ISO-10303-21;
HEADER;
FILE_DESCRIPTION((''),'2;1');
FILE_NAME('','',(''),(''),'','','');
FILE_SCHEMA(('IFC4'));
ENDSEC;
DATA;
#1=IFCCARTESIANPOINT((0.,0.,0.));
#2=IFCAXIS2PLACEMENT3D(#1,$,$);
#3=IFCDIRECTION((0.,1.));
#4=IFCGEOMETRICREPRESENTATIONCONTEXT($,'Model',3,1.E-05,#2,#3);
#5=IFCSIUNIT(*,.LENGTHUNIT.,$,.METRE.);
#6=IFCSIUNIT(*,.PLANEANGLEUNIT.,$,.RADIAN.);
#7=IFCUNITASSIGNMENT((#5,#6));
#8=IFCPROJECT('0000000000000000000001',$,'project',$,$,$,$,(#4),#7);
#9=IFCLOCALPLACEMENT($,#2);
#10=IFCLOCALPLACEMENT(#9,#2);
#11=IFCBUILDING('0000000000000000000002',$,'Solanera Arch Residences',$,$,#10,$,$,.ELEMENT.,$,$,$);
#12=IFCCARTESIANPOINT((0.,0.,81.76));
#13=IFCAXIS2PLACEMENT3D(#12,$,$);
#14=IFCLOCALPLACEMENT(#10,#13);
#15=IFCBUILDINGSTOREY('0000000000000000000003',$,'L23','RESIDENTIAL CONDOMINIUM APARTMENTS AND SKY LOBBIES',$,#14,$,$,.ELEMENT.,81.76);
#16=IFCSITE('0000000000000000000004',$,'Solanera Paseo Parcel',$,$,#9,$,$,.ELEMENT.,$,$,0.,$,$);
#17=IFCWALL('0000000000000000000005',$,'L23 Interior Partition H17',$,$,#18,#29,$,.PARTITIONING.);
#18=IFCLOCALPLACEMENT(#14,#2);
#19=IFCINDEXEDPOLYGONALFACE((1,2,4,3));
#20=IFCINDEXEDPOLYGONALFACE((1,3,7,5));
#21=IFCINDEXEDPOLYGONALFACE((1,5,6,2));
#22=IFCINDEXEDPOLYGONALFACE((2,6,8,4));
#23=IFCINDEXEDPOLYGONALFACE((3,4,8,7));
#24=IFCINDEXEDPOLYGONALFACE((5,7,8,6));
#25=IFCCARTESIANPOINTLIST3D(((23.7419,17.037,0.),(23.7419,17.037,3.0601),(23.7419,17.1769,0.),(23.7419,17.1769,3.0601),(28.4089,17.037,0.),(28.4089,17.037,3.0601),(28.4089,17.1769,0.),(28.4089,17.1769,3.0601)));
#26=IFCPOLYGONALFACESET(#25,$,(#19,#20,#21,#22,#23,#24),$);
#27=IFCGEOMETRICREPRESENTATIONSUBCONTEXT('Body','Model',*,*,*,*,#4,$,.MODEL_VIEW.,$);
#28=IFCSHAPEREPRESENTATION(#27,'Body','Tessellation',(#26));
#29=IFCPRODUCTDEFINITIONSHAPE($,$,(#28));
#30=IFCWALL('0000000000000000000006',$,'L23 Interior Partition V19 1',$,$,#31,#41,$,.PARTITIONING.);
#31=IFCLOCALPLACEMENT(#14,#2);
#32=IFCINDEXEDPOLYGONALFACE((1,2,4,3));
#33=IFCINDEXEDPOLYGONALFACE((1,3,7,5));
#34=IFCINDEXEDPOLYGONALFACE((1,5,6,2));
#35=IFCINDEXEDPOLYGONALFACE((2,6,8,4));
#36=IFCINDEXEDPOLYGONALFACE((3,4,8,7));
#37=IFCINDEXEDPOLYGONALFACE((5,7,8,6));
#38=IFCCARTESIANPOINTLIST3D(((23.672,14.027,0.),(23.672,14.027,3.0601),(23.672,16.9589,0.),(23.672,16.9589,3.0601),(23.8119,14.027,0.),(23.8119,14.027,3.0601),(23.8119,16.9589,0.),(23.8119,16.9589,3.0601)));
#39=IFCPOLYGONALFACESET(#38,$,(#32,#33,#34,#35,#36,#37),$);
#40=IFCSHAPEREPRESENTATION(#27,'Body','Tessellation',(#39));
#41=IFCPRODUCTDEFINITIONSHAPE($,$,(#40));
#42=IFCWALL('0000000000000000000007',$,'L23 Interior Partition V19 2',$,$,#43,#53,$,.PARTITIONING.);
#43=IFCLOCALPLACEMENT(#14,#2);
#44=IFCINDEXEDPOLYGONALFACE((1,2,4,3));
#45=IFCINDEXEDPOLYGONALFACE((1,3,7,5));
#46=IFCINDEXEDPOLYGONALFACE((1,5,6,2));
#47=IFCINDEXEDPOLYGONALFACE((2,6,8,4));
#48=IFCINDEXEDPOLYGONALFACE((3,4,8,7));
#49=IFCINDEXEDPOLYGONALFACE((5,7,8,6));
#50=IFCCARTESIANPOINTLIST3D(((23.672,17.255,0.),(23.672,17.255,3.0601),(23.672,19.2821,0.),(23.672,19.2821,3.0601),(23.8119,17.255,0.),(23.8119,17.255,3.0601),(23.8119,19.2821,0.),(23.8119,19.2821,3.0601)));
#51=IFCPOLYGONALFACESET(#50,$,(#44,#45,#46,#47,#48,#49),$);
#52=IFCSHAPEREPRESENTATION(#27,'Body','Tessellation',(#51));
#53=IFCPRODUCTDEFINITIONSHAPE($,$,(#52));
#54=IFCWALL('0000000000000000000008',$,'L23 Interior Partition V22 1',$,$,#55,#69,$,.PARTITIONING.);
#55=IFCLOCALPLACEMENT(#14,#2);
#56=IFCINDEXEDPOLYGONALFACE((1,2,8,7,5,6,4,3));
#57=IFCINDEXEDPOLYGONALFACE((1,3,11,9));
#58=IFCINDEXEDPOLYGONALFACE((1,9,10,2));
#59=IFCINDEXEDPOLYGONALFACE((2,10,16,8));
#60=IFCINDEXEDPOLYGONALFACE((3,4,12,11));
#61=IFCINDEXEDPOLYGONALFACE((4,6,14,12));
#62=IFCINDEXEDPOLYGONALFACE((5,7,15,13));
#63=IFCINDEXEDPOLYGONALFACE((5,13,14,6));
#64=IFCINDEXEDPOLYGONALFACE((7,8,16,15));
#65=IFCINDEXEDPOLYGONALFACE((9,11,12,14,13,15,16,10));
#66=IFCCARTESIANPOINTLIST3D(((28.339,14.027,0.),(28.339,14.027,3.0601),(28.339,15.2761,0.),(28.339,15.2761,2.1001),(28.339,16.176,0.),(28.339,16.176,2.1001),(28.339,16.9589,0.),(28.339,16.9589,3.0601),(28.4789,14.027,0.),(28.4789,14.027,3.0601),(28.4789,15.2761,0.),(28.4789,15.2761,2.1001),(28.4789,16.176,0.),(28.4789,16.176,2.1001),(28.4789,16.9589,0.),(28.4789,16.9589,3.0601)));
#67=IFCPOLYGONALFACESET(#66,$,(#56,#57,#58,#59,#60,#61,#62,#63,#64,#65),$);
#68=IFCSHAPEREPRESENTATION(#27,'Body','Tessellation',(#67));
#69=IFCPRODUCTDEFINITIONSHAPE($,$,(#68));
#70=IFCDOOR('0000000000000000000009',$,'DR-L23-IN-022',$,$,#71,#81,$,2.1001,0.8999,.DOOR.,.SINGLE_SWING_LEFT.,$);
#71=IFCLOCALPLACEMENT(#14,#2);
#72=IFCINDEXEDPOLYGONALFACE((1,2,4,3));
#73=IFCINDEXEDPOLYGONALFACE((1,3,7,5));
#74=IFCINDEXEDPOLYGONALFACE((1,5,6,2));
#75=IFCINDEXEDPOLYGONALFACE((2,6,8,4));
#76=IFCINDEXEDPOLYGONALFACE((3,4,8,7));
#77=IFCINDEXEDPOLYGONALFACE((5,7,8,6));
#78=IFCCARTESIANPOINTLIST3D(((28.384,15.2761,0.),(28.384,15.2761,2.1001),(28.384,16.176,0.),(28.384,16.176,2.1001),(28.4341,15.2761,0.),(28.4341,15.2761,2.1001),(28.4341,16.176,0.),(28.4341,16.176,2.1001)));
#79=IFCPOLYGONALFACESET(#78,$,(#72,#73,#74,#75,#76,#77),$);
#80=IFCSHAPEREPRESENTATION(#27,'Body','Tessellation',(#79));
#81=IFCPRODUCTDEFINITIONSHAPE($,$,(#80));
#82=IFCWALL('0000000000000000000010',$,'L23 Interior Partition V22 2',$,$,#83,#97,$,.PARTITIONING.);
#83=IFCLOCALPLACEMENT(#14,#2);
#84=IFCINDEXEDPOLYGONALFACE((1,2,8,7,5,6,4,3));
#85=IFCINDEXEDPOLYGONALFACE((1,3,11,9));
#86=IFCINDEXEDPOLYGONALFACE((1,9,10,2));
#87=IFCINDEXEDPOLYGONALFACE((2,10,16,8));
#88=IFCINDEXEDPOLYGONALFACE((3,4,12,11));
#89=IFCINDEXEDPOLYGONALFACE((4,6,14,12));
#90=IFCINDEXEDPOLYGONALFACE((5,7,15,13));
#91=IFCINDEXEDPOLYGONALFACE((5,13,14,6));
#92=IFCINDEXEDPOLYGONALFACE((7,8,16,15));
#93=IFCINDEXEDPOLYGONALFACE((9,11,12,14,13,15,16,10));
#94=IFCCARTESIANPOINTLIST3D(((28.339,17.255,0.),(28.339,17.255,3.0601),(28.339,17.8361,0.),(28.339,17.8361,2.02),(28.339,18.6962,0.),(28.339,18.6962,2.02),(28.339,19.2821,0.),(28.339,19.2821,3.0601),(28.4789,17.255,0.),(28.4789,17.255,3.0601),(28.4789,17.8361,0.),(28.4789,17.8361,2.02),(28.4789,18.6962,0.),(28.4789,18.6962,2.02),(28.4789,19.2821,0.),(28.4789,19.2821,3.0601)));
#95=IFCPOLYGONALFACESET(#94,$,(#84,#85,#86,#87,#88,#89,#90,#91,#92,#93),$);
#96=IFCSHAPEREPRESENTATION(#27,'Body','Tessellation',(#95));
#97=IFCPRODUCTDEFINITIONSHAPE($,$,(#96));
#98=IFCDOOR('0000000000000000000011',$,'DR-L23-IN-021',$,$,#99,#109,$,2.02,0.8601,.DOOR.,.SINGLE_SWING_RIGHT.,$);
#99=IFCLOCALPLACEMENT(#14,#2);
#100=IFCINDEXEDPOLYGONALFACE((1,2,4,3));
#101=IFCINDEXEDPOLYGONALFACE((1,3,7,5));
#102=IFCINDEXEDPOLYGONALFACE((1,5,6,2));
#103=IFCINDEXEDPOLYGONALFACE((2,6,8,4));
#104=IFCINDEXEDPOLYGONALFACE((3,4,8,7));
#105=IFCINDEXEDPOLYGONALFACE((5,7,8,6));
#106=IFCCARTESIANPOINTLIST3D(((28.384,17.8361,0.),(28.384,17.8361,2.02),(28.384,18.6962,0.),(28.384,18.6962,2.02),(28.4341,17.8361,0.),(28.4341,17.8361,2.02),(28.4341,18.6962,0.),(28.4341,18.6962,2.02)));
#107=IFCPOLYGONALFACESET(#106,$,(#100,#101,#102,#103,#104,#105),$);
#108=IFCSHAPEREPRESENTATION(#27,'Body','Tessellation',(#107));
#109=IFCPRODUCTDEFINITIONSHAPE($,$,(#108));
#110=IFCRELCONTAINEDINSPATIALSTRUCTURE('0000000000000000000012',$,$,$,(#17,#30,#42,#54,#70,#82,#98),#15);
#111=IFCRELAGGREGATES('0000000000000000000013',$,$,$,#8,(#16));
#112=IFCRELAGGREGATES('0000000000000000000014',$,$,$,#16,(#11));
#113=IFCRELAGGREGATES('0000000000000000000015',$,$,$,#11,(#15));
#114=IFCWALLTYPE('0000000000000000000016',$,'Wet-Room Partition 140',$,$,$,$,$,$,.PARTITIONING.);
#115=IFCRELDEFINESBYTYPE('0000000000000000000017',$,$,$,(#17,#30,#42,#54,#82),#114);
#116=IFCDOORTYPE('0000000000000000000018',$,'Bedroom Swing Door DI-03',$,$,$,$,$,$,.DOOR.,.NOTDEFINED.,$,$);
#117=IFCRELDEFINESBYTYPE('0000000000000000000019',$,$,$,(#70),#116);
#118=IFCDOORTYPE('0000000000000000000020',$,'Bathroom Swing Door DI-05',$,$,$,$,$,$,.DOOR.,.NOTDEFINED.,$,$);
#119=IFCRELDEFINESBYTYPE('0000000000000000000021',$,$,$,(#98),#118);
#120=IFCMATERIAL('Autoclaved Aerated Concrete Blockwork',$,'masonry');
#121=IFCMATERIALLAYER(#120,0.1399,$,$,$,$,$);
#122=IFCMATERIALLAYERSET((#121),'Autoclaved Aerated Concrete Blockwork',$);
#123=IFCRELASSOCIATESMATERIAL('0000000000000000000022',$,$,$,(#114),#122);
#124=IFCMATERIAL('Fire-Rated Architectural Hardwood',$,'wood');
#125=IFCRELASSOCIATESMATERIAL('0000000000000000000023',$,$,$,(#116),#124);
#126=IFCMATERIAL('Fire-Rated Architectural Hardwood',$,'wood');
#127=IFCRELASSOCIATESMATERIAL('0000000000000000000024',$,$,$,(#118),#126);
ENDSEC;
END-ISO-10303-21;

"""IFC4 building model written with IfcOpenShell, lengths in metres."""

from ifc_helpers import new_model, si_unit, direction, frame, frame_2d, origin, place, context, subcontext, project, spatial, rectangle, extrude, material, layer, layer_set, type_object, element, fill, save


model = new_model("IFC4")

# Units and contexts
model_context = context("Model", 3, precision=1e-05, world=origin(), true_north=direction((0.0, 1.0)))
body_context = subcontext(model_context, "Body", "Model", "MODEL_VIEW")
ifc_project = project(units=[si_unit("LENGTHUNIT", "METRE"), si_unit("PLANEANGLEUNIT", "RADIAN")], contexts=[model_context])

# Site, building, storey
site_placement = place(None, origin())
site = spatial("IfcSite", under=ifc_project, at=site_placement, Name="Solanera Paseo Parcel", CompositionType="ELEMENT", RefElevation=0.0)
building_placement = place(site_placement, origin())
building = spatial("IfcBuilding", under=site, at=building_placement, Name="Solanera Arch Residences", CompositionType="ELEMENT")
storey_placement = place(building_placement, frame((0.0, 0.0, 81.76)))
storey = spatial("IfcBuildingStorey", under=building, at=storey_placement, Name="L23", Description="RESIDENTIAL CONDOMINIUM APARTMENTS AND SKY LOBBIES", CompositionType="ELEMENT", Elevation=81.76)

# Walls
ifc_material_1 = material(Name="Autoclaved Aerated Concrete Blockwork", Category="masonry")
ifc_layer_1 = layer(ifc_material_1, 0.1399)
ifc_layer_set_1 = layer_set([ifc_layer_1], Name="Autoclaved Aerated Concrete Blockwork")
wall_type_1 = type_object("IfcWallType", Name="Wet-Room Partition 140", PredefinedType="PARTITIONING", material=ifc_layer_set_1)
wall_1_placement = place(storey_placement, frame((23.7419, 17.1069, 0.0), z_axis=(0.0, 0.0, 1.0), x_axis=(1.0, 0.0, 0.0)))
element("IfcWall", 1, at=wall_1_placement, inside=storey, type_object=wall_type_1, Name="L23 Interior Partition H17", PredefinedType="PARTITIONING", context=body_context, shape_type="SweptSolid", body=[
    extrude(rectangle(XDim=4.667, YDim=0.1399, at=frame_2d((2.3335, 0.0))), origin(), (0.0, 0.0, 1.0), 3.0601),
])
wall_2_placement = place(storey_placement, frame((23.7419, 14.0271, 0.0), z_axis=(0.0, 0.0, 1.0), x_axis=(0.0, 1.0, 0.0)))
element("IfcWall", 2, at=wall_2_placement, inside=storey, type_object=wall_type_1, Name="L23 Interior Partition V19 1", PredefinedType="PARTITIONING", context=body_context, shape_type="SweptSolid", body=[
    extrude(rectangle(XDim=2.9319, YDim=0.1399, at=frame_2d((1.4658, 0.0))), origin(), (0.0, 0.0, 1.0), 3.0601),
])
wall_3_placement = place(storey_placement, frame((23.7419, 17.2549, 0.0), z_axis=(0.0, 0.0, 1.0), x_axis=(0.0, 1.0, 0.0)))
element("IfcWall", 3, at=wall_3_placement, inside=storey, type_object=wall_type_1, Name="L23 Interior Partition V19 2", PredefinedType="PARTITIONING", context=body_context, shape_type="SweptSolid", body=[
    extrude(rectangle(XDim=2.0271, YDim=0.1399, at=frame_2d((1.0137, 0.0))), origin(), (0.0, 0.0, 1.0), 3.0601),
])

# Walls, openings, doors
wall_4_placement = place(storey_placement, frame((28.4089, 14.0271, 0.0), z_axis=(0.0, 0.0, 1.0), x_axis=(0.0, 1.0, 0.0)))
wall_4 = element("IfcWall", 4, at=wall_4_placement, inside=storey, type_object=wall_type_1, Name="L23 Interior Partition V22 1", PredefinedType="PARTITIONING", context=body_context, shape_type="SweptSolid", body=[
    extrude(rectangle(XDim=2.9319, YDim=0.1399, at=frame_2d((1.4658, 0.0))), origin(), (0.0, 0.0, 1.0), 3.0601),
])
opening_1_placement = place(wall_4_placement, frame((1.249, 0.0, 0.0)))
opening_1 = element("IfcOpeningElement", 5, at=opening_1_placement, cuts=wall_4, PredefinedType="OPENING", context=body_context, shape_type="SweptSolid", body=[
    extrude(rectangle(XDim=0.8999, YDim=2.1001, at=frame_2d((0.45, 1.05))), frame((0.0, 0.0798, 0.0), z_axis=(0.0, -1.0, 0.0), x_axis=(1.0, 0.0, 0.0)), (0.0, 0.0, 1.0), 0.1599),
])
ifc_material_2 = material(Name="Fire-Rated Architectural Hardwood", Category="wood")
door_type_1 = type_object("IfcDoorType", Name="Bedroom Swing Door DI-03", OperationType="NOTDEFINED", PredefinedType="DOOR", material=ifc_material_2)
door_1_placement = place(opening_1_placement, origin())
door_1 = element("IfcDoor", 6, at=door_1_placement, inside=storey, type_object=door_type_1, Name="DR-L23-IN-022", OperationType="SINGLE_SWING_LEFT", OverallHeight=2.1001, OverallWidth=0.8999, PredefinedType="DOOR", context=body_context, shape_type="SweptSolid", body=[
    extrude(rectangle(XDim=0.8999, YDim=2.1001, at=frame_2d((0.45, 1.05))), frame((0.0, 0.0249, 0.0), z_axis=(0.0, -1.0, 0.0), x_axis=(1.0, 0.0, 0.0)), (0.0, 0.0, 1.0), 0.05),
])
fill(opening_1, door_1)
wall_5_placement = place(storey_placement, frame((28.4089, 17.2549, 0.0), z_axis=(0.0, 0.0, 1.0), x_axis=(0.0, 1.0, 0.0)))
wall_5 = element("IfcWall", 7, at=wall_5_placement, inside=storey, type_object=wall_type_1, Name="L23 Interior Partition V22 2", PredefinedType="PARTITIONING", context=body_context, shape_type="SweptSolid", body=[
    extrude(rectangle(XDim=2.0271, YDim=0.1399, at=frame_2d((1.0137, 0.0))), origin(), (0.0, 0.0, 1.0), 3.0601),
])
opening_2_placement = place(wall_5_placement, frame((0.5811, 0.0, 0.0)))
opening_2 = element("IfcOpeningElement", 8, at=opening_2_placement, cuts=wall_5, PredefinedType="OPENING", context=body_context, shape_type="SweptSolid", body=[
    extrude(rectangle(XDim=0.8601, YDim=2.02, at=frame_2d((0.4302, 1.01))), frame((0.0, 0.0798, 0.0), z_axis=(0.0, -1.0, 0.0), x_axis=(1.0, 0.0, 0.0)), (0.0, 0.0, 1.0), 0.1599),
])
ifc_material_3 = material(Name="Fire-Rated Architectural Hardwood", Category="wood")
door_type_2 = type_object("IfcDoorType", Name="Bathroom Swing Door DI-05", OperationType="NOTDEFINED", PredefinedType="DOOR", material=ifc_material_3)
door_2_placement = place(opening_2_placement, origin())
door_2 = element("IfcDoor", 9, at=door_2_placement, inside=storey, type_object=door_type_2, Name="DR-L23-IN-021", OperationType="SINGLE_SWING_RIGHT", OverallHeight=2.02, OverallWidth=0.8601, PredefinedType="DOOR", context=body_context, shape_type="SweptSolid", body=[
    extrude(rectangle(XDim=0.8601, YDim=2.02, at=frame_2d((0.4302, 1.01))), frame((0.0, 0.0249, 0.0), z_axis=(0.0, -1.0, 0.0), x_axis=(1.0, 0.0, 0.0)), (0.0, 0.0, 1.0), 0.05),
])
fill(opening_2, door_2)

save(model, "model.ifc")
